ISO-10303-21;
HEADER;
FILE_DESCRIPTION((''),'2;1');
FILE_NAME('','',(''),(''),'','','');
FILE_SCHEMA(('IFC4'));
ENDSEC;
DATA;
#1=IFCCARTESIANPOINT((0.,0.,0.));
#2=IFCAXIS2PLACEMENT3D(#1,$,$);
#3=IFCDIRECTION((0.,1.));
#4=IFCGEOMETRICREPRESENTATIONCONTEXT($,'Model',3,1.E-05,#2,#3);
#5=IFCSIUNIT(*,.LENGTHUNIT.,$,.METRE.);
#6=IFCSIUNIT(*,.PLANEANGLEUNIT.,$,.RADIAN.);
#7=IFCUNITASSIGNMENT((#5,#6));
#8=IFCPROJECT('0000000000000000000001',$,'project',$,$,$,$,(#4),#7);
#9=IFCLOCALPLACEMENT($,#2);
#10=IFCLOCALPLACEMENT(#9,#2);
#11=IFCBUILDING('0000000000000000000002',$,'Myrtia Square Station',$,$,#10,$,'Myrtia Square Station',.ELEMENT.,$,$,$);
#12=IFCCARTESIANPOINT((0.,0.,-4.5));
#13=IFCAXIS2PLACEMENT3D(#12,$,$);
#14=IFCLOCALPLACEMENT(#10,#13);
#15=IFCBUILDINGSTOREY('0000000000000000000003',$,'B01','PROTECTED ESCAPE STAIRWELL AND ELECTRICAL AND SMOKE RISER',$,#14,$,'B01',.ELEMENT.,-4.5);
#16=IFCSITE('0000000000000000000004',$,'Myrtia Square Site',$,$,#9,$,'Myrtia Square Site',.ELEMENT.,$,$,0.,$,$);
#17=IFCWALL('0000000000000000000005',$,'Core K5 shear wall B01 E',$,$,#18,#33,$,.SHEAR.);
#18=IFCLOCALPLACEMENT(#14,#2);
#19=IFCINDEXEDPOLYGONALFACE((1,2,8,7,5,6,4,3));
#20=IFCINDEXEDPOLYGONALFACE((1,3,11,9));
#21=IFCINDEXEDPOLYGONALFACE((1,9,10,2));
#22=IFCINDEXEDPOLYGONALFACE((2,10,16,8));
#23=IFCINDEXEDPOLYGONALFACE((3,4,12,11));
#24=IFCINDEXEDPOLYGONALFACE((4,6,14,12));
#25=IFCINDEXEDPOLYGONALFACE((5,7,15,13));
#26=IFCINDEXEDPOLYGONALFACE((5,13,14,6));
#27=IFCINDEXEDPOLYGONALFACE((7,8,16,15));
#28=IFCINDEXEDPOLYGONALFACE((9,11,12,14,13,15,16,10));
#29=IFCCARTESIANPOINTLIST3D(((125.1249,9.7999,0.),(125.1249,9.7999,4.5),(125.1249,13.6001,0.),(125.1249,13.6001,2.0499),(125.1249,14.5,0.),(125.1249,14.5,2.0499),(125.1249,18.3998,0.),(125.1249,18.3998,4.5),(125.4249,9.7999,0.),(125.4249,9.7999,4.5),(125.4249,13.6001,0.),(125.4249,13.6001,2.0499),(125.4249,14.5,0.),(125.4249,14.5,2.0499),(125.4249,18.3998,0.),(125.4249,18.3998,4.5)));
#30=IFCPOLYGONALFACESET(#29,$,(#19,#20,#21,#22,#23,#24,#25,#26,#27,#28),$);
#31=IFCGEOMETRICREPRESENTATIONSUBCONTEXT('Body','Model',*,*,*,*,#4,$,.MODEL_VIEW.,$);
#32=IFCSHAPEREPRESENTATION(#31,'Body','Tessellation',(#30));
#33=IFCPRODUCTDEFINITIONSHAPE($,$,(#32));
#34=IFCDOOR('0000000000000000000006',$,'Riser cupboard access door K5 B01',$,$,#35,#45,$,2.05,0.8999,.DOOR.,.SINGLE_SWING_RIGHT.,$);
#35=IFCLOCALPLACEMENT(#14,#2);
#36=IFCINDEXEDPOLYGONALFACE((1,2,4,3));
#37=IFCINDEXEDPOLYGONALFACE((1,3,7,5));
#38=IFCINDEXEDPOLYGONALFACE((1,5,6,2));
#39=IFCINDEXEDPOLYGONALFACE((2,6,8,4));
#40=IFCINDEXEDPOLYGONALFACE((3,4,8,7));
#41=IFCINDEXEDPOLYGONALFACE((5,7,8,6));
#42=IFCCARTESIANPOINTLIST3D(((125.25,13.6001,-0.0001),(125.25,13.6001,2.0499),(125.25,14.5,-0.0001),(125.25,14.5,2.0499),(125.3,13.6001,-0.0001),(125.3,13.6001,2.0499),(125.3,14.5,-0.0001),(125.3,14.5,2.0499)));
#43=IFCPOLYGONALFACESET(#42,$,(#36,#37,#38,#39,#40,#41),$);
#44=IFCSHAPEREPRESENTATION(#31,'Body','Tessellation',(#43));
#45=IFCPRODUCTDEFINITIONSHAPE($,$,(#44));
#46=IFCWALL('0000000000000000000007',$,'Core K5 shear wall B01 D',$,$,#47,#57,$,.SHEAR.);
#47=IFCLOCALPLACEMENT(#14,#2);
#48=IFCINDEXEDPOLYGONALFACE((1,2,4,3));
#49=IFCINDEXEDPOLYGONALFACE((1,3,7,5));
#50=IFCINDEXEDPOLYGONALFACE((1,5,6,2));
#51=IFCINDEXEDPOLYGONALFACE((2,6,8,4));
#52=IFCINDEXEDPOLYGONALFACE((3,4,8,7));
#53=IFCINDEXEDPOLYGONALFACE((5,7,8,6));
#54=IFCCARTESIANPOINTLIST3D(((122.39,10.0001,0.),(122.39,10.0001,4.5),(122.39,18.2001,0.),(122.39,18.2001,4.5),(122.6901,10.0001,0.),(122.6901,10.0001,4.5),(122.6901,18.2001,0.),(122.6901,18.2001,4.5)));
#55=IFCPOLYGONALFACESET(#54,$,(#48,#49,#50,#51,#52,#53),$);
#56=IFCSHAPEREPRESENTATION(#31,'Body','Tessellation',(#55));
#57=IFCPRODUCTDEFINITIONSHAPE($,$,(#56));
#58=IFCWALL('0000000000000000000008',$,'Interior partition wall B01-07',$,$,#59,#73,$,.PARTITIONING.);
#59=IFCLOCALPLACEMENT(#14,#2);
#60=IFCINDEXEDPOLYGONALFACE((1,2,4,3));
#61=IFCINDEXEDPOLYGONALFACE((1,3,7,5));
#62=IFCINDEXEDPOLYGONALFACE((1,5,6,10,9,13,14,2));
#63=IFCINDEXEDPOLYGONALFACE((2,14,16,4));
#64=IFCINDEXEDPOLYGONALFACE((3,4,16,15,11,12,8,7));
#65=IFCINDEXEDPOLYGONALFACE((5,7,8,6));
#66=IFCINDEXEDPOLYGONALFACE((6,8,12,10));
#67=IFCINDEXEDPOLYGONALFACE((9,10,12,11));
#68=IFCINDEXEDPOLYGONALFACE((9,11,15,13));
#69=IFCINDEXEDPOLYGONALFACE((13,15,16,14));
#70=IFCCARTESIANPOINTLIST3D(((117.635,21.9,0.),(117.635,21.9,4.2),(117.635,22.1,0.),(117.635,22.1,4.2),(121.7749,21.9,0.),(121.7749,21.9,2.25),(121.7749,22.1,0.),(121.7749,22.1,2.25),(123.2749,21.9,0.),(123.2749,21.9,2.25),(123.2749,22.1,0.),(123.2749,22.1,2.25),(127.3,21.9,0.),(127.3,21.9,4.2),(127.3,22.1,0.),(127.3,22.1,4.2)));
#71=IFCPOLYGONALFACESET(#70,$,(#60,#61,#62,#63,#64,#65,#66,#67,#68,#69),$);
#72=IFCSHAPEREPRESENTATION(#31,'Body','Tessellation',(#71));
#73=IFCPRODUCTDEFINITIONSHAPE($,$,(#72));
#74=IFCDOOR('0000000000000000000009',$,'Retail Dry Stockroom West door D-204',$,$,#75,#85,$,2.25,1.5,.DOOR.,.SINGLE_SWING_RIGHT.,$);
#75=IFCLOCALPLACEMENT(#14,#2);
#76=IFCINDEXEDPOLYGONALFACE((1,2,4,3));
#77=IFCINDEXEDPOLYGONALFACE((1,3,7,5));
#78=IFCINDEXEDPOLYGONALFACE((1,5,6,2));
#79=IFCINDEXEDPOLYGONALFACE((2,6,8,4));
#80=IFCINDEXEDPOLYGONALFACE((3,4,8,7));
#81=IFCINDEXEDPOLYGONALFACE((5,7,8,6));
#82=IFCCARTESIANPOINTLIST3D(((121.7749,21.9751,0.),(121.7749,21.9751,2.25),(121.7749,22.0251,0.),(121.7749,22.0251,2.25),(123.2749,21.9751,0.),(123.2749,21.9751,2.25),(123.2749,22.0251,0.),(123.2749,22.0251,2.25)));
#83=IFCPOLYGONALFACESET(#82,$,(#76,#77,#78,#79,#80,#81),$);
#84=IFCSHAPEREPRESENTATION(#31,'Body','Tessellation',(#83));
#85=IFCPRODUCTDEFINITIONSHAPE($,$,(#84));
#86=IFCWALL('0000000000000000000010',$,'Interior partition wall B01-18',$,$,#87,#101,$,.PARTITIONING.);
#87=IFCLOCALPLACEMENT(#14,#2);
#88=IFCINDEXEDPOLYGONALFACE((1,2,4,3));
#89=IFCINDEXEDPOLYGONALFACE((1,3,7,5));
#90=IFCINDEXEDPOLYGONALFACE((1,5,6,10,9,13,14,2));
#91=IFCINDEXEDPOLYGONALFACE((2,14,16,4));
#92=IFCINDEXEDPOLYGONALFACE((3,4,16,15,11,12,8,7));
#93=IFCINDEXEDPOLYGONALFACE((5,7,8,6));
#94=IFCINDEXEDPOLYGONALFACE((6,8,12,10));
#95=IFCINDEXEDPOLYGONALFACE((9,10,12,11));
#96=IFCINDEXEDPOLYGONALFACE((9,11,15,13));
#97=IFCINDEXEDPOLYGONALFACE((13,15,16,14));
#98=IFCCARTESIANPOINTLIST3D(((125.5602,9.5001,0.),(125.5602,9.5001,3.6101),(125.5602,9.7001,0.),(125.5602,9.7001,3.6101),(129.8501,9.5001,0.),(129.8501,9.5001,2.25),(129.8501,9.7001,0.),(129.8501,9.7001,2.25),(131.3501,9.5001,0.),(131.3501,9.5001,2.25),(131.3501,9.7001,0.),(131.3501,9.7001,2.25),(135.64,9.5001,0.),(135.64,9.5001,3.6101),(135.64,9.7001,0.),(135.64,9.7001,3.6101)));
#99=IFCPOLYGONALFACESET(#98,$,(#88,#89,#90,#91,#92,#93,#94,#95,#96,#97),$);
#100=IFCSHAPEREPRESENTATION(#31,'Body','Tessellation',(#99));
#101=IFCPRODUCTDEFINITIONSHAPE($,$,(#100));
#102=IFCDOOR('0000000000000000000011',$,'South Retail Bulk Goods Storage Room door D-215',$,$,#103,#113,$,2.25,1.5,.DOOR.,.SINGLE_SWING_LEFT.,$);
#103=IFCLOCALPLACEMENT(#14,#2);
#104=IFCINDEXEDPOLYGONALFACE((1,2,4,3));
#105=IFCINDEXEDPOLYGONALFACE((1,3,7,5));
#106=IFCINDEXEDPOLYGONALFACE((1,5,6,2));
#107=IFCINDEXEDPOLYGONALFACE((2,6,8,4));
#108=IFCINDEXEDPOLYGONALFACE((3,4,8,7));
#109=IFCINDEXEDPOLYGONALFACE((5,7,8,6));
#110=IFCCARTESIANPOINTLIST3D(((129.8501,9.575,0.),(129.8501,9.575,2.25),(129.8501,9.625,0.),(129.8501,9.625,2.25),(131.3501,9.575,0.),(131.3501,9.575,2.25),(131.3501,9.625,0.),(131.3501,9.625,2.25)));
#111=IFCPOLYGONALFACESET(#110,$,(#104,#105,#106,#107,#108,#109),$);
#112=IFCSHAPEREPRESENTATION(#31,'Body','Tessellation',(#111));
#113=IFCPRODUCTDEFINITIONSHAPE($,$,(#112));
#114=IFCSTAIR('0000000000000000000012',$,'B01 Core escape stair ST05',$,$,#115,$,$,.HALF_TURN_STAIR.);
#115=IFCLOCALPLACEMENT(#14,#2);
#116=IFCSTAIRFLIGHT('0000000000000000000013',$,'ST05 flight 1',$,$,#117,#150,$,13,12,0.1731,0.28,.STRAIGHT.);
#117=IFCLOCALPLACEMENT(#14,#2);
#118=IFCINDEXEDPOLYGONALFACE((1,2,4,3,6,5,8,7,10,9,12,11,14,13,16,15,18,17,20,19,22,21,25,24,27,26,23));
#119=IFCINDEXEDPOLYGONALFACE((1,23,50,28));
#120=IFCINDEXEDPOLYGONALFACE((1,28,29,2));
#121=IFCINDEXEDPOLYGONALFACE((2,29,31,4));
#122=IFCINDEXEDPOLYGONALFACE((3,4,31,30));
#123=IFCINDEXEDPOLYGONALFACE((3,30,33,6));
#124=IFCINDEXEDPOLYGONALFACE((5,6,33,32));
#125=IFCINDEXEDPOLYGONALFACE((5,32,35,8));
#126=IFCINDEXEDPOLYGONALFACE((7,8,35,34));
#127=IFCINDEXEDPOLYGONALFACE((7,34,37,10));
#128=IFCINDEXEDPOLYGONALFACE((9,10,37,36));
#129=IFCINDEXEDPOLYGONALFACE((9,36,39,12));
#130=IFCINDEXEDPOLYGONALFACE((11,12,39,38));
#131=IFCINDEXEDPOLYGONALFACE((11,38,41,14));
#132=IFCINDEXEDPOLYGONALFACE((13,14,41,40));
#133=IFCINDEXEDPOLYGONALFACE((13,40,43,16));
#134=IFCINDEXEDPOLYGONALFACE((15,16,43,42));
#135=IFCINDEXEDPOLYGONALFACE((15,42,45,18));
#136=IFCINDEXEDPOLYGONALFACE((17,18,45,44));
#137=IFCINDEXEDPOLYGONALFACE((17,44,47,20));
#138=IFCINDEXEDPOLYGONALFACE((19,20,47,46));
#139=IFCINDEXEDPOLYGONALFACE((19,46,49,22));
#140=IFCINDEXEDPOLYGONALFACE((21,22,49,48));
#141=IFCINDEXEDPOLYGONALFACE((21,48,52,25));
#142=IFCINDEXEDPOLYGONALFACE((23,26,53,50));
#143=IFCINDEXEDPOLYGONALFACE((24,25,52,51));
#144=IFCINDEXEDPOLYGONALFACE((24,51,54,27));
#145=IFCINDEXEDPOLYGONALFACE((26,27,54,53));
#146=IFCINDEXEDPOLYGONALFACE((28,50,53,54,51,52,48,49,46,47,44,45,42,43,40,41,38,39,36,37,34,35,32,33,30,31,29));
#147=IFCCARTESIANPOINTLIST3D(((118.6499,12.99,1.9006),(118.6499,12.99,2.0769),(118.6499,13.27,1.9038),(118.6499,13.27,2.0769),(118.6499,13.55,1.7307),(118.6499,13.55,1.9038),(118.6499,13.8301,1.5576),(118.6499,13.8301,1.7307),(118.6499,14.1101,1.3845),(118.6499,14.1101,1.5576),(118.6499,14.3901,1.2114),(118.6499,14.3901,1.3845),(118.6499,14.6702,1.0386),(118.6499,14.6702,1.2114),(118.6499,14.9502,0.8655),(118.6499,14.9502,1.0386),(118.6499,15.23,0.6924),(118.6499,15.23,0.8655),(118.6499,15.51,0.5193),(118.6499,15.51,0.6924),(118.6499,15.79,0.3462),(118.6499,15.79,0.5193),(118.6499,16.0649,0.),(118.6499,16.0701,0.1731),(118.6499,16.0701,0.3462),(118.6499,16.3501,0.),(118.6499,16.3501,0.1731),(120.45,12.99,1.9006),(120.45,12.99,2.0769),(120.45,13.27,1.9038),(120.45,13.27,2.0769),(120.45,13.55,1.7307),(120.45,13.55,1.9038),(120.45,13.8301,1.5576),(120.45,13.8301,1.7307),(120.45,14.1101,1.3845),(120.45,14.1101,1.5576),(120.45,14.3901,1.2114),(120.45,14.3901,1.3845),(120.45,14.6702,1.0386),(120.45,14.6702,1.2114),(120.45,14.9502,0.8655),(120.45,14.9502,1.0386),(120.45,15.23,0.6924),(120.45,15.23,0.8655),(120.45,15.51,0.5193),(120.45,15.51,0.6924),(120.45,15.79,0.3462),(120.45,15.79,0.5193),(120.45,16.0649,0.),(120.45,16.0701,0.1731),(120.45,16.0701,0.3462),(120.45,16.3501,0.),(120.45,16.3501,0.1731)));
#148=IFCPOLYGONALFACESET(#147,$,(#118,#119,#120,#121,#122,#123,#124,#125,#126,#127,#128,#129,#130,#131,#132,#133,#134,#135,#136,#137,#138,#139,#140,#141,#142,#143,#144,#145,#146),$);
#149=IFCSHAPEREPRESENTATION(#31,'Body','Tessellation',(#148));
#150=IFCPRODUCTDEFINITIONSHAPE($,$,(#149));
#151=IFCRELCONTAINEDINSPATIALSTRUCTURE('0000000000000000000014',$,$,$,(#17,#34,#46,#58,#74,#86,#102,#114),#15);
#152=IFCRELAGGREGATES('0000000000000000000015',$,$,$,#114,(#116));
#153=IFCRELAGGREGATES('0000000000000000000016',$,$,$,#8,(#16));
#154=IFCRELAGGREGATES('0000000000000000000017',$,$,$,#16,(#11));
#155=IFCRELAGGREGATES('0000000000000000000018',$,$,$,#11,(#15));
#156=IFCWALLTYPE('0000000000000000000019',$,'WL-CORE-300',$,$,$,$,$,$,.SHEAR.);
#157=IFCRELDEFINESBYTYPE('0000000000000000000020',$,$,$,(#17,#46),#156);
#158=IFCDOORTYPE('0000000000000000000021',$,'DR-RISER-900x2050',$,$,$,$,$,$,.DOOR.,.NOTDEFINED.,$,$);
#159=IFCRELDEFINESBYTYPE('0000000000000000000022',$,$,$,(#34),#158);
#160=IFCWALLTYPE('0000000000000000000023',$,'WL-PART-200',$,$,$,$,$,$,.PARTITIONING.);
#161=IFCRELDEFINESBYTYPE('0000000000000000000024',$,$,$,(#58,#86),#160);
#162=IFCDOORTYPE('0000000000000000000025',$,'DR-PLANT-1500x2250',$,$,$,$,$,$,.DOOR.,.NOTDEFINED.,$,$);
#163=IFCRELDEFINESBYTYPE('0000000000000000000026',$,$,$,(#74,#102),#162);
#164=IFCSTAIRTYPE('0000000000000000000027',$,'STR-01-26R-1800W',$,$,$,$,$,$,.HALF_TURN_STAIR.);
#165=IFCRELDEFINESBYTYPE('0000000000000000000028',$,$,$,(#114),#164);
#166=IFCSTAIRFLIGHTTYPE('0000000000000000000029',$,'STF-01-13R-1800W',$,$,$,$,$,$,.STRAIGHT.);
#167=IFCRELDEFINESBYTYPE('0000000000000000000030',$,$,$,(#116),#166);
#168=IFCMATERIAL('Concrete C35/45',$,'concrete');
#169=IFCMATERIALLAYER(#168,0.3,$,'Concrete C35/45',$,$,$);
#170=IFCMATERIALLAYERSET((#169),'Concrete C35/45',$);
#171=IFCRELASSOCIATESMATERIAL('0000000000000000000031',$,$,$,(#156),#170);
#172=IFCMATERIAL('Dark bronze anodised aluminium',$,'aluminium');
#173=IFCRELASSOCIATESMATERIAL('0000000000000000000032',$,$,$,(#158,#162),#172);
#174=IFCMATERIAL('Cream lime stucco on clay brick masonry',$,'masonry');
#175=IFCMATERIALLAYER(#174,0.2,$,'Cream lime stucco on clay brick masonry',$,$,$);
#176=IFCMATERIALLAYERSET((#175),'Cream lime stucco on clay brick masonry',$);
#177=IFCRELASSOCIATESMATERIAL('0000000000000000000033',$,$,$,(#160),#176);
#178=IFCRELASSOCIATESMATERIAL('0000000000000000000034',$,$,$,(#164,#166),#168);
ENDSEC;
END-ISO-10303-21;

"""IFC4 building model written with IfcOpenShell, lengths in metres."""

from ifc_helpers import new_model, si_unit, direction, frame, frame_2d, origin, place, context, subcontext, project, spatial, polyline, rectangle, outline, extrude, material, layer, layer_set, type_object, element, fill, aggregate, save


model = new_model("IFC4")

# Units and contexts
model_context = context("Model", 3, precision=1e-05, world=origin(), true_north=direction((0.0, 1.0)))
body_context = subcontext(model_context, "Body", "Model", "MODEL_VIEW")
ifc_project = project(units=[si_unit("LENGTHUNIT", "METRE"), si_unit("PLANEANGLEUNIT", "RADIAN")], contexts=[model_context])

# Site, building, storey
site_placement = place(None, origin())
site = spatial("IfcSite", under=ifc_project, at=site_placement, Name="Myrtia Square Site", LongName="Myrtia Square Site", CompositionType="ELEMENT", RefElevation=0.0)
building_placement = place(site_placement, origin())
building = spatial("IfcBuilding", under=site, at=building_placement, Name="Myrtia Square Station", LongName="Myrtia Square Station", CompositionType="ELEMENT")
storey_placement = place(building_placement, frame((0.0, 0.0, -4.5)))
storey = spatial("IfcBuildingStorey", under=building, at=storey_placement, Name="B01", Description="PROTECTED ESCAPE STAIRWELL AND ELECTRICAL AND SMOKE RISER", LongName="B01", CompositionType="ELEMENT", Elevation=-4.5)

# Shared definitions
ifc_material_1 = material(Name="Concrete C35/45", Category="concrete")
ifc_layer_1 = layer(ifc_material_1, 0.3, Name="Concrete C35/45")
ifc_layer_set_1 = layer_set([ifc_layer_1], Name="Concrete C35/45")
wall_type_1 = type_object("IfcWallType", Name="WL-CORE-300", PredefinedType="SHEAR", material=ifc_layer_set_1)

# Shared definitions
ifc_material_2 = material(Name="Dark bronze anodised aluminium", Category="aluminium")

# Wall, opening, door
wall_1_placement = place(storey_placement, frame((125.2749, 9.8, 0.0), z_axis=(0.0, 0.0, 1.0), x_axis=(0.0, 1.0, 0.0)))
wall_1 = element("IfcWall", 1, at=wall_1_placement, inside=storey, type_object=wall_type_1, Name="Core K5 shear wall B01 E", PredefinedType="SHEAR", context=body_context, shape_type="SweptSolid", body=[
    extrude(rectangle(XDim=8.5999, YDim=0.3, at=frame_2d((4.2998, 0.0))), origin(), (0.0, 0.0, 1.0), 4.5),
])
opening_1_placement = place(wall_1_placement, frame((3.8, 0.0, 0.0)))
opening_1 = element("IfcOpeningElement", 2, at=opening_1_placement, cuts=wall_1, PredefinedType="OPENING", context=body_context, shape_type="SweptSolid", body=[
    extrude(rectangle(XDim=0.8999, YDim=2.05, at=frame_2d((0.45, 1.0249))), frame((0.0, 0.165, 0.0), z_axis=(0.0, -1.0, 0.0), x_axis=(1.0, 0.0, 0.0)), (0.0, 0.0, 1.0), 0.3301),
])
door_type_1 = type_object("IfcDoorType", Name="DR-RISER-900x2050", OperationType="NOTDEFINED", PredefinedType="DOOR", material=ifc_material_2)
door_1_placement = place(opening_1_placement, origin())
door_1 = element("IfcDoor", 3, at=door_1_placement, inside=storey, type_object=door_type_1, Name="Riser cupboard access door K5 B01", OperationType="SINGLE_SWING_RIGHT", OverallHeight=2.05, OverallWidth=0.8999, PredefinedType="DOOR", context=body_context, shape_type="SweptSolid", body=[
    extrude(rectangle(XDim=0.8999, YDim=2.05, at=frame_2d((0.45, 1.0249))), frame((0.0, 0.0249, 0.0), z_axis=(0.0, -1.0, 0.0), x_axis=(1.0, 0.0, 0.0)), (0.0, 0.0, 1.0), 0.05),
])
fill(opening_1, door_1)

# Wall
wall_2_placement = place(storey_placement, frame((122.54, 10.0, 0.0), z_axis=(0.0, 0.0, 1.0), x_axis=(0.0, 1.0, 0.0)))
element("IfcWall", 4, at=wall_2_placement, inside=storey, type_object=wall_type_1, Name="Core K5 shear wall B01 D", PredefinedType="SHEAR", context=body_context, shape_type="SweptSolid", body=[
    extrude(rectangle(XDim=8.2, YDim=0.3, at=frame_2d((4.1001, 0.0))), origin(), (0.0, 0.0, 1.0), 4.5),
])

# Walls, openings, doors
ifc_material_3 = material(Name="Cream lime stucco on clay brick masonry", Category="masonry")
ifc_layer_2 = layer(ifc_material_3, 0.2, Name="Cream lime stucco on clay brick masonry")
ifc_layer_set_2 = layer_set([ifc_layer_2], Name="Cream lime stucco on clay brick masonry")
wall_type_2 = type_object("IfcWallType", Name="WL-PART-200", PredefinedType="PARTITIONING", material=ifc_layer_set_2)
wall_3_placement = place(storey_placement, frame((117.635, 22.0, 0.0), z_axis=(0.0, 0.0, 1.0), x_axis=(1.0, 0.0, 0.0)))
wall_3 = element("IfcWall", 5, at=wall_3_placement, inside=storey, type_object=wall_type_2, Name="Interior partition wall B01-07", PredefinedType="PARTITIONING", context=body_context, shape_type="SweptSolid", body=[
    extrude(rectangle(XDim=9.665, YDim=0.2, at=frame_2d((4.8325, 0.0))), origin(), (0.0, 0.0, 1.0), 4.2),
])
opening_2_placement = place(wall_3_placement, frame((4.1399, 0.0, 0.0)))
opening_2 = element("IfcOpeningElement", 6, at=opening_2_placement, cuts=wall_3, PredefinedType="OPENING", context=body_context, shape_type="SweptSolid", body=[
    extrude(rectangle(XDim=1.5, YDim=2.25, at=frame_2d((0.75, 1.125))), frame((0.0, 0.115, 0.0), z_axis=(0.0, -1.0, 0.0), x_axis=(1.0, 0.0, 0.0)), (0.0, 0.0, 1.0), 0.23),
])
door_type_2 = type_object("IfcDoorType", Name="DR-PLANT-1500x2250", OperationType="NOTDEFINED", PredefinedType="DOOR", material=ifc_material_2)
door_2_placement = place(opening_2_placement, frame((1.5, 0.0, 0.0), z_axis=(0.0, 0.0, 1.0), x_axis=(-1.0, 0.0, 0.0)))
door_2 = element("IfcDoor", 7, at=door_2_placement, inside=storey, type_object=door_type_2, Name="Retail Dry Stockroom West door D-204", OperationType="SINGLE_SWING_RIGHT", OverallHeight=2.25, OverallWidth=1.5, PredefinedType="DOOR", context=body_context, shape_type="SweptSolid", body=[
    extrude(rectangle(XDim=1.5, YDim=2.25, at=frame_2d((0.75, 1.125))), frame((0.0, 0.0249, 0.0), z_axis=(0.0, -1.0, 0.0), x_axis=(1.0, 0.0, 0.0)), (0.0, 0.0, 1.0), 0.05),
])
fill(opening_2, door_2)
wall_4_placement = place(storey_placement, frame((125.5601, 9.6001, 0.0), z_axis=(0.0, 0.0, 1.0), x_axis=(1.0, 0.0, 0.0)))
wall_4 = element("IfcWall", 8, at=wall_4_placement, inside=storey, type_object=wall_type_2, Name="Interior partition wall B01-18", PredefinedType="PARTITIONING", context=body_context, shape_type="SweptSolid", body=[
    extrude(rectangle(XDim=10.0798, YDim=0.2, at=frame_2d((5.04, 0.0))), origin(), (0.0, 0.0, 1.0), 3.6101),
])
opening_3_placement = place(wall_4_placement, frame((4.29, 0.0, 0.0)))
opening_3 = element("IfcOpeningElement", 9, at=opening_3_placement, cuts=wall_4, PredefinedType="OPENING", context=body_context, shape_type="SweptSolid", body=[
    extrude(rectangle(XDim=1.5, YDim=2.25, at=frame_2d((0.75, 1.125))), frame((0.0, 0.115, 0.0), z_axis=(0.0, -1.0, 0.0), x_axis=(1.0, 0.0, 0.0)), (0.0, 0.0, 1.0), 0.23),
])
door_3_placement = place(opening_3_placement, origin())
door_3 = element("IfcDoor", 10, at=door_3_placement, inside=storey, type_object=door_type_2, Name="South Retail Bulk Goods Storage Room door D-215", OperationType="SINGLE_SWING_LEFT", OverallHeight=2.25, OverallWidth=1.5, PredefinedType="DOOR", context=body_context, shape_type="SweptSolid", body=[
    extrude(rectangle(XDim=1.5, YDim=2.25, at=frame_2d((0.75, 1.125))), frame((0.0, 0.0249, 0.0), z_axis=(0.0, -1.0, 0.0), x_axis=(1.0, 0.0, 0.0)), (0.0, 0.0, 1.0), 0.05),
])
fill(opening_3, door_3)

# Stair, stair flight
stair_type = type_object("IfcStairType", Name="STR-01-26R-1800W", PredefinedType="HALF_TURN_STAIR", material=ifc_material_1)
stair_placement = place(storey_placement, origin())
stair = element("IfcStair", 11, at=stair_placement, inside=storey, type_object=stair_type, Name="B01 Core escape stair ST05", PredefinedType="HALF_TURN_STAIR")
stair_flight_type = type_object("IfcStairFlightType", Name="STF-01-13R-1800W", PredefinedType="STRAIGHT", material=ifc_material_1)
stair_flight_1_placement = place(storey_placement, frame((119.55, 16.3501, 0.0), z_axis=(0.0, 0.0, 1.0), x_axis=(0.0, -1.0, 0.0)))
stair_flight_1 = element("IfcStairFlight", 12, at=stair_flight_1_placement, type_object=stair_flight_type, Name="ST05 flight 1", NumberOfRisers=13, NumberOfTreads=12, PredefinedType="STRAIGHT", RiserHeight=0.1731, TreadLength=0.28, context=body_context, shape_type="SweptSolid", body=[
    extrude(outline(polyline([(0.0, 0.0), (0.0, 0.1731), (0.28, 0.1731), (0.28, 0.3462), (0.5601, 0.3462), (0.5601, 0.5193), (0.8401, 0.5193), (0.8401, 0.6924), (1.1201, 0.6924), (1.1201, 0.8655), (1.3999, 0.8655), (1.3999, 1.0386), (1.6799, 1.0386), (1.6799, 1.2114), (1.96, 1.2114), (1.96, 1.3845), (2.24, 1.3845), (2.24, 1.5576), (2.52, 1.5576), (2.52, 1.7307), (2.8, 1.7307), (2.8, 1.9038), (3.0801, 1.9038), (3.0801, 2.0769), (3.3601, 2.0769), (3.3601, 2.25), (3.3601, 1.9006), (0.2852, 0.0), (0.0, 0.0)])), frame((0.0, 0.8999, 0.0), z_axis=(0.0, -1.0, 0.0), x_axis=(1.0, 0.0, 0.0)), (0.0, 0.0, 1.0), 1.8),
])
aggregate(stair, [stair_flight_1])

save(model, "model.ifc")
